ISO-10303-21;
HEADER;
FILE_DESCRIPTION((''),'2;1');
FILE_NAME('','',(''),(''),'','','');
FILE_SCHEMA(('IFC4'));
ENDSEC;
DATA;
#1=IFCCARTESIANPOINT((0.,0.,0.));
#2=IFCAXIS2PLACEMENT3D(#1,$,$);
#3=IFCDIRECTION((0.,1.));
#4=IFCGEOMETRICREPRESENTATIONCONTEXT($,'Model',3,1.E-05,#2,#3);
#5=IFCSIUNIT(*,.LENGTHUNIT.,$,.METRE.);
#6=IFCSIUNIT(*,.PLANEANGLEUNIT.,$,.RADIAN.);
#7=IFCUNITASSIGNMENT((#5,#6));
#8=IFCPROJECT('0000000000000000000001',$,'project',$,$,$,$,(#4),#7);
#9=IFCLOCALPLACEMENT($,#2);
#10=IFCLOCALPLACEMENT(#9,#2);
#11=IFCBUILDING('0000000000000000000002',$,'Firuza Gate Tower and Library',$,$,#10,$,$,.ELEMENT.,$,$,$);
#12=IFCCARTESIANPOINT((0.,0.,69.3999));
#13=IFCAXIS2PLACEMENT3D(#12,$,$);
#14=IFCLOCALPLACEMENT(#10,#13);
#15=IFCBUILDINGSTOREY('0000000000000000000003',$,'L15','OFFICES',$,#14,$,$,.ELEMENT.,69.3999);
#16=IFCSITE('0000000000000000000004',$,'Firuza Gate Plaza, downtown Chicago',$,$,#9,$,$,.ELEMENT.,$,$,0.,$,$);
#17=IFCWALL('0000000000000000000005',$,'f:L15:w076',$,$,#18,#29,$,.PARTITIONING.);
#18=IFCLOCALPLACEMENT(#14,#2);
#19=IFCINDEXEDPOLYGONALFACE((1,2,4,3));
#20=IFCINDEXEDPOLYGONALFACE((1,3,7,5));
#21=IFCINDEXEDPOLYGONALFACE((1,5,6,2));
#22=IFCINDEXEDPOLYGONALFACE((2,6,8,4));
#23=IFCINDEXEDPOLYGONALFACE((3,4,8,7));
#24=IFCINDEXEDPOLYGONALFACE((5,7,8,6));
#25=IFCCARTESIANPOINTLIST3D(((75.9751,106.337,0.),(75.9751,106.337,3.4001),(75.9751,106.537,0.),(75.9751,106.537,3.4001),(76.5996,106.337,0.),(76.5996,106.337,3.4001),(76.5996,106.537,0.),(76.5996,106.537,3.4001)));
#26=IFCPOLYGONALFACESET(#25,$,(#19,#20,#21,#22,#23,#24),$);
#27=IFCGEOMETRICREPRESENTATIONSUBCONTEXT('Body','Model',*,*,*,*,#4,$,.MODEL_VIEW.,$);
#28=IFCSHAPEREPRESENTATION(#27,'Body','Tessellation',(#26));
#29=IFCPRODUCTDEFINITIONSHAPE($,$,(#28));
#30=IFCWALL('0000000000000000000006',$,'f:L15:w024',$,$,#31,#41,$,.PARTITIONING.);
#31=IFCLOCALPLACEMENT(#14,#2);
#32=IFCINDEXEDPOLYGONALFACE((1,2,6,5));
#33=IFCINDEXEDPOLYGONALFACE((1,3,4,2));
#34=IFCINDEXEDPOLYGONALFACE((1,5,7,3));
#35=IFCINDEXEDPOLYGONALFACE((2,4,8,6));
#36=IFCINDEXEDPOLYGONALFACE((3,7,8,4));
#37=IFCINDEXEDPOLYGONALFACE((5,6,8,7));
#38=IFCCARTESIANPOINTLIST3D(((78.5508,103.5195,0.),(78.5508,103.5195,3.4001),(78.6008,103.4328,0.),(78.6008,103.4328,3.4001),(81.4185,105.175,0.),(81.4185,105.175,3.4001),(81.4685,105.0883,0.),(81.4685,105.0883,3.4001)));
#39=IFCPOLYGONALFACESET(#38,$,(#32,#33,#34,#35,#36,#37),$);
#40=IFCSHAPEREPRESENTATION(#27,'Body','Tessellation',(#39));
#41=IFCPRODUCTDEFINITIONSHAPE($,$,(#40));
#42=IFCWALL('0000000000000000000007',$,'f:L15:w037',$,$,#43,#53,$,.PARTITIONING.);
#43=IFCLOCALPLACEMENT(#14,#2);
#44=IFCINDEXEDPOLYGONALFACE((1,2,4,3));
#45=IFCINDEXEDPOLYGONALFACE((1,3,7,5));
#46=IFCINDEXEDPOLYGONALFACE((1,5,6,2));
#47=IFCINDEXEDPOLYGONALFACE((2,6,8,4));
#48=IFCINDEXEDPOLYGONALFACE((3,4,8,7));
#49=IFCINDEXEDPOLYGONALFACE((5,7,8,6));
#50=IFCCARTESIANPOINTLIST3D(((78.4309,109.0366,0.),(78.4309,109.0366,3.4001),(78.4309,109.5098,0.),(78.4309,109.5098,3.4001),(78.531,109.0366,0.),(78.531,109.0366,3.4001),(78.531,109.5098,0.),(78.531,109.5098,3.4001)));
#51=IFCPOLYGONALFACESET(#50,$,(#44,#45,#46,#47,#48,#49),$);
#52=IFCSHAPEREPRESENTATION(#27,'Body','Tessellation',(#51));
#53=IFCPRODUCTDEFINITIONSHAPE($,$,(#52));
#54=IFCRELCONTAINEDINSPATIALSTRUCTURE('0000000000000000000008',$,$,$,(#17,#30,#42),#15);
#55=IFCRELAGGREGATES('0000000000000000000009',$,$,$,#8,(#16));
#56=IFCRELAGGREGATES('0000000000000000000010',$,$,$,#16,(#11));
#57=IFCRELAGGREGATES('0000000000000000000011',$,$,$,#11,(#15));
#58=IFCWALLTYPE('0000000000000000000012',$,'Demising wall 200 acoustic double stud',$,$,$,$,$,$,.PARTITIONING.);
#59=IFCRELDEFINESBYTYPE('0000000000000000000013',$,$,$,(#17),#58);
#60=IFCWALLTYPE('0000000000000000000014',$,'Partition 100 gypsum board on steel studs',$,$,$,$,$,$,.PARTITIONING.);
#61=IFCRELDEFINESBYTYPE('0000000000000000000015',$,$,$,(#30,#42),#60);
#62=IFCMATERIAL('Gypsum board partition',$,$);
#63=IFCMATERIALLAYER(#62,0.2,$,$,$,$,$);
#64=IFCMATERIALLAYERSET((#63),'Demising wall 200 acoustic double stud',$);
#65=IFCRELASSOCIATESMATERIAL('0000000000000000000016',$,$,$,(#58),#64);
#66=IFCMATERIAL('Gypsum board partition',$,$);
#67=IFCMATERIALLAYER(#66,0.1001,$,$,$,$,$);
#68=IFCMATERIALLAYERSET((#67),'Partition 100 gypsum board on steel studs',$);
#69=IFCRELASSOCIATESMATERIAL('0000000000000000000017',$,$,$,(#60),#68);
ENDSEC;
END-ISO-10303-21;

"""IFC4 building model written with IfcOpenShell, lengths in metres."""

from ifc_helpers import new_model, si_unit, direction, frame, frame_2d, origin, place, context, subcontext, project, spatial, rectangle, extrude, material, layer, layer_set, type_object, element, save


model = new_model("IFC4")

# Units and contexts
model_context = context("Model", 3, precision=1e-05, world=origin(), true_north=direction((0.0, 1.0)))
body_context = subcontext(model_context, "Body", "Model", "MODEL_VIEW")
ifc_project = project(units=[si_unit("LENGTHUNIT", "METRE"), si_unit("PLANEANGLEUNIT", "RADIAN")], contexts=[model_context])

# Site, building, storey
site_placement = place(None, origin())
site = spatial("IfcSite", under=ifc_project, at=site_placement, Name="Firuza Gate Plaza, downtown Chicago", CompositionType="ELEMENT", RefElevation=0.0)
building_placement = place(site_placement, origin())
building = spatial("IfcBuilding", under=site, at=building_placement, Name="Firuza Gate Tower and Library", CompositionType="ELEMENT")
storey_placement = place(building_placement, frame((0.0, 0.0, 69.3999)))
storey = spatial("IfcBuildingStorey", under=building, at=storey_placement, Name="L15", Description="OFFICES", CompositionType="ELEMENT", Elevation=69.3999)

# Walls
ifc_material_1 = material(Name="Gypsum board partition")
ifc_layer_1 = layer(ifc_material_1, 0.2)
ifc_layer_set_1 = layer_set([ifc_layer_1], Name="Demising wall 200 acoustic double stud")
wall_type_1 = type_object("IfcWallType", Name="Demising wall 200 acoustic double stud", PredefinedType="PARTITIONING", material=ifc_layer_set_1)
wall_1_placement = place(storey_placement, frame((75.9751, 106.437, 0.0), z_axis=(0.0, 0.0, 1.0), x_axis=(1.0, 0.0, 0.0)))
element("IfcWall", 1, at=wall_1_placement, inside=storey, type_object=wall_type_1, Name="f:L15:w076", PredefinedType="PARTITIONING", context=body_context, shape_type="SweptSolid", body=[
    extrude(rectangle(XDim=0.6245, YDim=0.2, at=frame_2d((0.3123, 0.0))), origin(), (0.0, 0.0, 1.0), 3.4001),
])
ifc_material_2 = material(Name="Gypsum board partition")
ifc_layer_2 = layer(ifc_material_2, 0.1001)
ifc_layer_set_2 = layer_set([ifc_layer_2], Name="Partition 100 gypsum board on steel studs")
wall_type_2 = type_object("IfcWallType", Name="Partition 100 gypsum board on steel studs", PredefinedType="PARTITIONING", material=ifc_layer_set_2)
wall_2_placement = place(storey_placement, frame((78.5757, 103.4761, 0.0), z_axis=(0.0, 0.0, 1.0), x_axis=(0.866043, 0.499969, 0.0)))
element("IfcWall", 2, at=wall_2_placement, inside=storey, type_object=wall_type_2, Name="f:L15:w024", PredefinedType="PARTITIONING", context=body_context, shape_type="SweptSolid", body=[
    extrude(rectangle(XDim=3.3113, YDim=0.1001, at=frame_2d((1.6558, 0.0))), origin(), (0.0, 0.0, 1.0), 3.4001),
])
wall_3_placement = place(storey_placement, frame((78.481, 109.0366, 0.0), z_axis=(0.0, 0.0, 1.0), x_axis=(0.0, 1.0, 0.0)))
element("IfcWall", 3, at=wall_3_placement, inside=storey, type_object=wall_type_2, Name="f:L15:w037", PredefinedType="PARTITIONING", context=body_context, shape_type="SweptSolid", body=[
    extrude(rectangle(XDim=0.4731, YDim=0.1001, at=frame_2d((0.2366, 0.0))), origin(), (0.0, 0.0, 1.0), 3.4001),
])

save(model, "model.ifc")
